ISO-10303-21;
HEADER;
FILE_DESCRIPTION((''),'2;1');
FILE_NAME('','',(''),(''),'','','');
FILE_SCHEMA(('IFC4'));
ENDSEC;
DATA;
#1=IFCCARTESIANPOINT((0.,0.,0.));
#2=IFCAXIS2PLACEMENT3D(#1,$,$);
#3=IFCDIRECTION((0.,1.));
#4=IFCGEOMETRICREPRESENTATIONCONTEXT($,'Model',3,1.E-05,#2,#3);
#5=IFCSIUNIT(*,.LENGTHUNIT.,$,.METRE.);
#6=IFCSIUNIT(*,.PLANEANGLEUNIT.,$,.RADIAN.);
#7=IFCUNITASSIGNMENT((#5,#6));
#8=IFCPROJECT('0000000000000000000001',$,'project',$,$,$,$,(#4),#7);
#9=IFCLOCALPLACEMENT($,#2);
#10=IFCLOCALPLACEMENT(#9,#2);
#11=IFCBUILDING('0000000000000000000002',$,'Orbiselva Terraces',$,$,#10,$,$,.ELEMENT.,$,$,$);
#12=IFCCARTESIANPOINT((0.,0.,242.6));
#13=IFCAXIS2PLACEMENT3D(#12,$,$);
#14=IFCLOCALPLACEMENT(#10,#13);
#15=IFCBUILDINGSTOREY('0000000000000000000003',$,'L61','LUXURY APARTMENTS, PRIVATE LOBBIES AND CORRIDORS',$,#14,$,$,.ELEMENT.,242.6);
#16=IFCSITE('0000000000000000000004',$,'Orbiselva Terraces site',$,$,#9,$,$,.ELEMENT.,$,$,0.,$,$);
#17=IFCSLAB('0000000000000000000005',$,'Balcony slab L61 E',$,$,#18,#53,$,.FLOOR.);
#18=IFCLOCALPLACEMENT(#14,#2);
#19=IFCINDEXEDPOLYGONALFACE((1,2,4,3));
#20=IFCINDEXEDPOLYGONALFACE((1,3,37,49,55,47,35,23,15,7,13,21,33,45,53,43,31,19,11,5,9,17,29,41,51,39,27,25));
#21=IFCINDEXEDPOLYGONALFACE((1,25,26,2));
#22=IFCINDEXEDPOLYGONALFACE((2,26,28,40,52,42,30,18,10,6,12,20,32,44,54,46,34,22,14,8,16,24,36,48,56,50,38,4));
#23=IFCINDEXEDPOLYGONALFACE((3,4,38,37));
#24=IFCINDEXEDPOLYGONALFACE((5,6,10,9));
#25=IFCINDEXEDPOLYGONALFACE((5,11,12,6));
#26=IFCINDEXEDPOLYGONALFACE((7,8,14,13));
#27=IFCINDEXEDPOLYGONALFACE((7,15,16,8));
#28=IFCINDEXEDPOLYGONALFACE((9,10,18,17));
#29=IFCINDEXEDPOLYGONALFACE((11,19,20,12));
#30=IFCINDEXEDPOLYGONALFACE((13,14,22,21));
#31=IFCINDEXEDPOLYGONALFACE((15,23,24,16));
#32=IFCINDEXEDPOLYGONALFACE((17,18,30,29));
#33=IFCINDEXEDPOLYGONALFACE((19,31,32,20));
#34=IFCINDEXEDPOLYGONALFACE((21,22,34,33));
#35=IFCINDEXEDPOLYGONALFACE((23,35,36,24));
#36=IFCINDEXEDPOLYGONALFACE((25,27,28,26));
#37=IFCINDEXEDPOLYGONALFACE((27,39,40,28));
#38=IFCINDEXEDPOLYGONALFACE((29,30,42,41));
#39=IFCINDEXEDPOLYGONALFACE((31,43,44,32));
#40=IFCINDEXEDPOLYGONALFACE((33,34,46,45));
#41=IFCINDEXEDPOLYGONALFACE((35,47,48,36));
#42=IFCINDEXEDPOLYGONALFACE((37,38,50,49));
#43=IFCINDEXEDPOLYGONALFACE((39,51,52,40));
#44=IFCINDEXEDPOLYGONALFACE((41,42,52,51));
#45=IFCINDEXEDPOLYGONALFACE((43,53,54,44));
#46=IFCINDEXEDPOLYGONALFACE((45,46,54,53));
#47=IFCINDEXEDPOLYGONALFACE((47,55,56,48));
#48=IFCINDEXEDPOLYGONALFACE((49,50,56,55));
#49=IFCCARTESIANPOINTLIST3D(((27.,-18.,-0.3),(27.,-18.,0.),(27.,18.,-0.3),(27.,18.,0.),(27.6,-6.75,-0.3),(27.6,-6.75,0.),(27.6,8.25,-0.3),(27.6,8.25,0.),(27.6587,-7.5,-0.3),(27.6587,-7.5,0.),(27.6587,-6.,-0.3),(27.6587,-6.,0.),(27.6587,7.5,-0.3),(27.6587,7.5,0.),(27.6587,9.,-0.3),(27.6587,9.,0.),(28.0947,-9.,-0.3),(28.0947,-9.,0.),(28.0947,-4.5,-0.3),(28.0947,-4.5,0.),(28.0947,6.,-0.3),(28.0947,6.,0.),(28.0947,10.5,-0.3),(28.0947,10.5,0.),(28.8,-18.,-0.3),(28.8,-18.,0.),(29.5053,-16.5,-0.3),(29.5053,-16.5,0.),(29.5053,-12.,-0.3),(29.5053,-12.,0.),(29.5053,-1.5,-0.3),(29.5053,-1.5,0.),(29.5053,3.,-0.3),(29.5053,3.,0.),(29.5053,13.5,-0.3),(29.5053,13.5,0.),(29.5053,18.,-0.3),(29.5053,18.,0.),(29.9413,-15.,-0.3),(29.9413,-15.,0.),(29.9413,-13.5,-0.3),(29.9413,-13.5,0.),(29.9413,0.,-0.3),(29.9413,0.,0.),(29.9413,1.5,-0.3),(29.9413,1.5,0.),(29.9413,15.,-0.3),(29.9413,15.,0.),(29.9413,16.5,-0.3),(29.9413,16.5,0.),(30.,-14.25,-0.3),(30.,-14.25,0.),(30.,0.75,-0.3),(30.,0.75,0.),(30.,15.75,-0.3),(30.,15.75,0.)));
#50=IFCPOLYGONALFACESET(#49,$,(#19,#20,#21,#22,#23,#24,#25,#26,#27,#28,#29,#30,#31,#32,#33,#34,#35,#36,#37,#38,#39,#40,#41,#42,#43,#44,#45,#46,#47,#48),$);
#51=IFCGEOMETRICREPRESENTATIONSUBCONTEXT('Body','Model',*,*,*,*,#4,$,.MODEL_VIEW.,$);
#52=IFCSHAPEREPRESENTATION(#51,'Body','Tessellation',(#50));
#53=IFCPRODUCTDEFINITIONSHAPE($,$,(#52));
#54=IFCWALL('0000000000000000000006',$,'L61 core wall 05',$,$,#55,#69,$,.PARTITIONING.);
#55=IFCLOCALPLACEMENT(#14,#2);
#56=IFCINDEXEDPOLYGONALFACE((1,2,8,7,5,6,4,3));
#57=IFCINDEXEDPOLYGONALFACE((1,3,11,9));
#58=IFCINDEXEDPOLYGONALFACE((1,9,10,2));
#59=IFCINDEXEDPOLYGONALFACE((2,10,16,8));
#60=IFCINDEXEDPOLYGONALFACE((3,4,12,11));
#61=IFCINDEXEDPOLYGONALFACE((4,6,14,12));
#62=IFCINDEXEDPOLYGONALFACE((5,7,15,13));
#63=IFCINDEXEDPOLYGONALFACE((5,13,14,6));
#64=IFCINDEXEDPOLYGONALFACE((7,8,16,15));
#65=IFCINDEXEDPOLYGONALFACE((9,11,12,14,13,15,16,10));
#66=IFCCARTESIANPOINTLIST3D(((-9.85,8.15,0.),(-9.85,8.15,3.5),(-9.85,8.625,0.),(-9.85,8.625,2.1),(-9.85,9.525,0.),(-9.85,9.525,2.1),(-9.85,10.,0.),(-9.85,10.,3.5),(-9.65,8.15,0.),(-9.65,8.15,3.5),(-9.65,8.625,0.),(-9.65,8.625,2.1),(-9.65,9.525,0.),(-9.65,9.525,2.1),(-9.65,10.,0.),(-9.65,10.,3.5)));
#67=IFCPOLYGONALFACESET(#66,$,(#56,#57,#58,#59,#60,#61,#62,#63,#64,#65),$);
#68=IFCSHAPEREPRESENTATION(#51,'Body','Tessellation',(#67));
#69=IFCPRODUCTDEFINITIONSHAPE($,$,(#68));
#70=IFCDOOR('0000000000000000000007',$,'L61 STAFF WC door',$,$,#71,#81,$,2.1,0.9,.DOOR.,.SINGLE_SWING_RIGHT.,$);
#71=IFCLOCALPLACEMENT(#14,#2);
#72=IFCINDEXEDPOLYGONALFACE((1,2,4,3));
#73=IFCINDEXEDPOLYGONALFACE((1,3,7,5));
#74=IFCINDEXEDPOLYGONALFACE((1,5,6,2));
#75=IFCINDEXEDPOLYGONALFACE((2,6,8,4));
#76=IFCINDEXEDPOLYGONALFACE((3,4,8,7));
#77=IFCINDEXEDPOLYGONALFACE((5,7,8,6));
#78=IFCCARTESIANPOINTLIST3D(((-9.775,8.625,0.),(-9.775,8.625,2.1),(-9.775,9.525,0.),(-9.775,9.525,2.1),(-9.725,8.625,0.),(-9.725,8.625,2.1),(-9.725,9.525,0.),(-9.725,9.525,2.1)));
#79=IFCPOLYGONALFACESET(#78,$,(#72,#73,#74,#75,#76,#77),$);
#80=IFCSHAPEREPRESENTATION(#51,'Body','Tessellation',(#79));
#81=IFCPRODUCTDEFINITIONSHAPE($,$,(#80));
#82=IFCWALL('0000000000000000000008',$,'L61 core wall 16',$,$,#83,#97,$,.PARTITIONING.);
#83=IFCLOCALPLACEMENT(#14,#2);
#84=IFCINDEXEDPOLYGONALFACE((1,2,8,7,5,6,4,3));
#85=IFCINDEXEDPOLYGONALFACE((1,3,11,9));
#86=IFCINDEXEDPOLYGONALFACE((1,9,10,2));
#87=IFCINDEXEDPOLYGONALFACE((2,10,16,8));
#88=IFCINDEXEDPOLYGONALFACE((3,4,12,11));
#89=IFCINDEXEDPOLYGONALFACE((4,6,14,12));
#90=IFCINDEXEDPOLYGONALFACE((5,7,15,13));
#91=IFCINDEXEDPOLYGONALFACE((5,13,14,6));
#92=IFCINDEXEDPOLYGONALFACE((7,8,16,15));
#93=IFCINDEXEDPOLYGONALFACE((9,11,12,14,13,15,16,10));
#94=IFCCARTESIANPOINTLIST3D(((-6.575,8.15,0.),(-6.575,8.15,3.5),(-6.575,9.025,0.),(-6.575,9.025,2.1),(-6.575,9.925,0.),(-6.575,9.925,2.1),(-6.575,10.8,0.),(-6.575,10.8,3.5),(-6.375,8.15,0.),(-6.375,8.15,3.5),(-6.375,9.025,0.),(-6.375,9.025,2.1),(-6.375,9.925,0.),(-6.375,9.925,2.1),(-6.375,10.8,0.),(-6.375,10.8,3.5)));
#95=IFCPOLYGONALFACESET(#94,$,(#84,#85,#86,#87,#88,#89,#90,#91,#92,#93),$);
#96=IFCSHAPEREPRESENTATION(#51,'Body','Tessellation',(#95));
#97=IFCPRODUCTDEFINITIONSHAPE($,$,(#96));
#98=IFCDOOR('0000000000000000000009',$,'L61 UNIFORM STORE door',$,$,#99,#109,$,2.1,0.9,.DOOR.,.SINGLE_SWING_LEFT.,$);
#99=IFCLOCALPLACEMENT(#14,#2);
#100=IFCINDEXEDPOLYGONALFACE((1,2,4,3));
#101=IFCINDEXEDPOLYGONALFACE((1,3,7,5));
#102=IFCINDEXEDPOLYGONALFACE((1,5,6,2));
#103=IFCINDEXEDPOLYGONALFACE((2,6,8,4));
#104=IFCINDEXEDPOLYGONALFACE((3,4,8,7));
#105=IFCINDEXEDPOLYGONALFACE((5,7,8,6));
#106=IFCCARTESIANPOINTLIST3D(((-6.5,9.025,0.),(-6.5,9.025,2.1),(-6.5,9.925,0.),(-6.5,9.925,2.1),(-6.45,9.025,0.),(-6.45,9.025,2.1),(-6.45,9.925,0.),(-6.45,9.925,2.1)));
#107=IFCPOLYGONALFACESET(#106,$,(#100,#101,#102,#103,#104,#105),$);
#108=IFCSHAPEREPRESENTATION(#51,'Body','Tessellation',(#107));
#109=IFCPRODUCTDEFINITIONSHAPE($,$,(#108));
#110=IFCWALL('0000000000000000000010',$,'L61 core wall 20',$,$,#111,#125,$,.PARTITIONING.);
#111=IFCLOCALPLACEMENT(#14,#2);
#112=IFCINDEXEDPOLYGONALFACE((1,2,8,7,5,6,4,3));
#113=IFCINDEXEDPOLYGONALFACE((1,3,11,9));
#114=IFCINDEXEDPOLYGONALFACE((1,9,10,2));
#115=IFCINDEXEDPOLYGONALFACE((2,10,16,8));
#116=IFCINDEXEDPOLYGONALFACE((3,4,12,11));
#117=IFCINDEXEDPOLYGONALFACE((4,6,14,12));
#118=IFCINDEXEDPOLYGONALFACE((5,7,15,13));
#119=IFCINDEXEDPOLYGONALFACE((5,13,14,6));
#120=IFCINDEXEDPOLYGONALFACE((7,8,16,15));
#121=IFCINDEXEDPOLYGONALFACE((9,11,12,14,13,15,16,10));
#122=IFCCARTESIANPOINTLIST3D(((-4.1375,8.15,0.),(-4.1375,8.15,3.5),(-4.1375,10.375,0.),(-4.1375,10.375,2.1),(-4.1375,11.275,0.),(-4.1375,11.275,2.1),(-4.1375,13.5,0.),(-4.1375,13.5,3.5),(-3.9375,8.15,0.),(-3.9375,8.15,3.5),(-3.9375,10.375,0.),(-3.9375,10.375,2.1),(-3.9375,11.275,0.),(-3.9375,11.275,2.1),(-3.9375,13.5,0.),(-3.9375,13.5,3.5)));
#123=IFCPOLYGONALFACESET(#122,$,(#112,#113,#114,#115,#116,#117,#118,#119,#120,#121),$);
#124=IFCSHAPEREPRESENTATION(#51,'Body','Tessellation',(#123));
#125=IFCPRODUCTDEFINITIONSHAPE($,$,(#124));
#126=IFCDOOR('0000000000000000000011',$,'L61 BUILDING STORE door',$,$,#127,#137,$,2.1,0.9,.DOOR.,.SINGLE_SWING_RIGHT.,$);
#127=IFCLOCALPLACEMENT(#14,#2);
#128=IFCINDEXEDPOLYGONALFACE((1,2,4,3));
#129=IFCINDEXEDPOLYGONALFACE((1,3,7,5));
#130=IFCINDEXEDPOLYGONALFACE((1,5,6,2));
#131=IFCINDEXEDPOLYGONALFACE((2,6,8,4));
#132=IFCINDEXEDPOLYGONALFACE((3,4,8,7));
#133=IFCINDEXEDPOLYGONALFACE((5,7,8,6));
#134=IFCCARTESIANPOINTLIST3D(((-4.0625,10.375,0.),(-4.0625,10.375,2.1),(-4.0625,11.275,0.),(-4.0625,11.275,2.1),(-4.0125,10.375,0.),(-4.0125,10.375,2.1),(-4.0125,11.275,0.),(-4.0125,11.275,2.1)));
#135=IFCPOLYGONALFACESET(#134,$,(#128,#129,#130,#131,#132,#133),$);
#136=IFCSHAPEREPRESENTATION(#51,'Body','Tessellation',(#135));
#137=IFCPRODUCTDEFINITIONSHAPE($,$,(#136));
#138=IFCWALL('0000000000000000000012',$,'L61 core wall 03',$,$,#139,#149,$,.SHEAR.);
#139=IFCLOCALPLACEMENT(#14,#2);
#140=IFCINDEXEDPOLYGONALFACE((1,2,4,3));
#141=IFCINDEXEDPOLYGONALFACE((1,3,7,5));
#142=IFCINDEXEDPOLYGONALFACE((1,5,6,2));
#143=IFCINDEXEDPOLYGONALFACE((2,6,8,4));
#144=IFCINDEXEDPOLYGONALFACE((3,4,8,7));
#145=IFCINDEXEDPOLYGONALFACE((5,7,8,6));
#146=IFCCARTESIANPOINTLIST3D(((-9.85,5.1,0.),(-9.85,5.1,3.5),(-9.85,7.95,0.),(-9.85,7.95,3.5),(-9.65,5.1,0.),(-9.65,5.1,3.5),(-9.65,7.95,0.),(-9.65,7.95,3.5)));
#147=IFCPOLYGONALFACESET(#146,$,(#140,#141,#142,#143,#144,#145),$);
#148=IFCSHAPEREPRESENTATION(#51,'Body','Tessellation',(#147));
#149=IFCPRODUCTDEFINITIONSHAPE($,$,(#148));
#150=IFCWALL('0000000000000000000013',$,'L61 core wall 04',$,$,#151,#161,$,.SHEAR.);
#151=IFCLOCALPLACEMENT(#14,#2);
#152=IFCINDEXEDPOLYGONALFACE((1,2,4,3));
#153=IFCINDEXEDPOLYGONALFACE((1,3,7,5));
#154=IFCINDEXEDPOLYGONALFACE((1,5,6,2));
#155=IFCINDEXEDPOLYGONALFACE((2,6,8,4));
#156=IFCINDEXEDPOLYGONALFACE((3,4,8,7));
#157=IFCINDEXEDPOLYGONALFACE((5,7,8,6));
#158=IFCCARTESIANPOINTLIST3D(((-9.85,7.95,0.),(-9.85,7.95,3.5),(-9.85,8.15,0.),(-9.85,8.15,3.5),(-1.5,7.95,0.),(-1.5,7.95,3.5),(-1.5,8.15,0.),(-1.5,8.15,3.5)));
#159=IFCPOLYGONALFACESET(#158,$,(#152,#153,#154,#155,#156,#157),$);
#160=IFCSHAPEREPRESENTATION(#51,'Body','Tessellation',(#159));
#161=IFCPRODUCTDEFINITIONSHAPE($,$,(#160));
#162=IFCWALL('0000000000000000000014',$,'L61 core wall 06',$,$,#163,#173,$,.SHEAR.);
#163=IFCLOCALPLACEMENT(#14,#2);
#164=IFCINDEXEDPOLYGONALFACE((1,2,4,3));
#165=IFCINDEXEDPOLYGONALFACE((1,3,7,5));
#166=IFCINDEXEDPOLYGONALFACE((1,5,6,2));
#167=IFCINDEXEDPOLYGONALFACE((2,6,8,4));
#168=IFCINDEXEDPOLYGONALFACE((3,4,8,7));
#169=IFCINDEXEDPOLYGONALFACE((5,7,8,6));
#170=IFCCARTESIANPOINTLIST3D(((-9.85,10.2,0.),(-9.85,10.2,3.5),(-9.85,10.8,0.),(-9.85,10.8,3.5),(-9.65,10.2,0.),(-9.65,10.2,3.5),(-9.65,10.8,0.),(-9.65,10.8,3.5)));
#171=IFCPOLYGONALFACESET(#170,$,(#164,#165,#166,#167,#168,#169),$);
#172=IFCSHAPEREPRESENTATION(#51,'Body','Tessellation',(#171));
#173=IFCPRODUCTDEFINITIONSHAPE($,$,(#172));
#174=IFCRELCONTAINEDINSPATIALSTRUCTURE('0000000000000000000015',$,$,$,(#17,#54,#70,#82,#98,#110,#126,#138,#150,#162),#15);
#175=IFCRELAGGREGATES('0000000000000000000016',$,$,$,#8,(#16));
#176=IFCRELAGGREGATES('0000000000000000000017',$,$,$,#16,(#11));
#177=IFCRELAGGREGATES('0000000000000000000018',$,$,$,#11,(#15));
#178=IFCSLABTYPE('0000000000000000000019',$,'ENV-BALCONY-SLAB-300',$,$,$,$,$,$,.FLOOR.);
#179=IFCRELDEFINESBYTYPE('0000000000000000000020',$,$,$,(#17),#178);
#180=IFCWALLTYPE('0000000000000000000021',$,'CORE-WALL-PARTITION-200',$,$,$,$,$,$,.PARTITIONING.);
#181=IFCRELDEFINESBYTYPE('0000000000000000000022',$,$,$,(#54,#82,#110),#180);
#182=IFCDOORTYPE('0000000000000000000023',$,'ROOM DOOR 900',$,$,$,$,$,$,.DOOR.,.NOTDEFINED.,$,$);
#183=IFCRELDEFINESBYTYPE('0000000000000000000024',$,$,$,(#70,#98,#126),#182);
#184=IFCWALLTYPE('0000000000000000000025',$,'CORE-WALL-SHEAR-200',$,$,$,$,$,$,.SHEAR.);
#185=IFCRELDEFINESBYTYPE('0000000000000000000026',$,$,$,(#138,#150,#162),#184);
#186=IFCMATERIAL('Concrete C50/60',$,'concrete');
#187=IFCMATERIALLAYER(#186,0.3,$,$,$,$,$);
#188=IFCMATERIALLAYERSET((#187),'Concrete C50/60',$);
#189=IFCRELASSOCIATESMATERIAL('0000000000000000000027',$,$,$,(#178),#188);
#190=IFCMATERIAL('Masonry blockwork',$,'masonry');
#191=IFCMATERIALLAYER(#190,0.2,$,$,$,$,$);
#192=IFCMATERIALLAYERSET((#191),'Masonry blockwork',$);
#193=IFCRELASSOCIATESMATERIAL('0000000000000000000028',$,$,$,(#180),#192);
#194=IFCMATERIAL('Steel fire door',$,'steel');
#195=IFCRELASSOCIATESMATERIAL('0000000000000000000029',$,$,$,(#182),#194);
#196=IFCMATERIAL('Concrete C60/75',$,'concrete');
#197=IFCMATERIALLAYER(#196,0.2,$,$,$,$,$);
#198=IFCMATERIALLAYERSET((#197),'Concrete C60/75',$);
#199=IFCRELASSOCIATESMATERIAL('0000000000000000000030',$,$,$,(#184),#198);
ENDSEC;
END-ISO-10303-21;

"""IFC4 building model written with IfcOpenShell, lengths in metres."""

from ifc_helpers import new_model, si_unit, direction, frame, frame_2d, origin, place, context, subcontext, project, spatial, polyline, rectangle, outline, extrude, material, layer, layer_set, type_object, element, fill, save


model = new_model("IFC4")

# Units and contexts
model_context = context("Model", 3, precision=1e-05, world=origin(), true_north=direction((0.0, 1.0)))
body_context = subcontext(model_context, "Body", "Model", "MODEL_VIEW")
ifc_project = project(units=[si_unit("LENGTHUNIT", "METRE"), si_unit("PLANEANGLEUNIT", "RADIAN")], contexts=[model_context])

# Site, building, storey
site_placement = place(None, origin())
site = spatial("IfcSite", under=ifc_project, at=site_placement, Name="Orbiselva Terraces site", CompositionType="ELEMENT", RefElevation=0.0)
building_placement = place(site_placement, origin())
building = spatial("IfcBuilding", under=site, at=building_placement, Name="Orbiselva Terraces", CompositionType="ELEMENT")
storey_placement = place(building_placement, frame((0.0, 0.0, 242.6)))
storey = spatial("IfcBuildingStorey", under=building, at=storey_placement, Name="L61", Description="LUXURY APARTMENTS, PRIVATE LOBBIES AND CORRIDORS", CompositionType="ELEMENT", Elevation=242.6)

# Slab
ifc_material_1 = material(Name="Concrete C50/60", Category="concrete")
ifc_layer_1 = layer(ifc_material_1, 0.3)
ifc_layer_set_1 = layer_set([ifc_layer_1], Name="Concrete C50/60")
slab_type = type_object("IfcSlabType", Name="ENV-BALCONY-SLAB-300", PredefinedType="FLOOR", material=ifc_layer_set_1)
slab_placement = place(storey_placement, frame((0.0, 0.0, -0.3)))
element("IfcSlab", 1, at=slab_placement, inside=storey, type_object=slab_type, Name="Balcony slab L61 E", PredefinedType="FLOOR", context=body_context, shape_type="SweptSolid", body=[
    extrude(outline(polyline([(28.8, -18.0), (29.5053, -16.5), (29.9413, -15.0), (30.0, -14.25), (29.9413, -13.5), (29.5053, -12.0), (28.0947, -9.0), (27.6587, -7.5), (27.6, -6.75), (27.6587, -6.0), (28.0947, -4.5), (29.5053, -1.5), (29.9413, 0.0), (30.0, 0.75), (29.9413, 1.5), (29.5053, 3.0), (28.0947, 6.0), (27.6587, 7.5), (27.6, 8.25), (27.6587, 9.0), (28.0947, 10.5), (29.5053, 13.5), (29.9413, 15.0), (30.0, 15.75), (29.9413, 16.5), (29.5053, 18.0), (27.0, 18.0), (27.0, -18.0), (28.8, -18.0)])), origin(), (0.0, 0.0, 1.0), 0.3),
])

# Walls, openings, doors
ifc_material_2 = material(Name="Masonry blockwork", Category="masonry")
ifc_layer_2 = layer(ifc_material_2, 0.2)
ifc_layer_set_2 = layer_set([ifc_layer_2], Name="Masonry blockwork")
wall_type_1 = type_object("IfcWallType", Name="CORE-WALL-PARTITION-200", PredefinedType="PARTITIONING", material=ifc_layer_set_2)
wall_1_placement = place(storey_placement, frame((-9.75, 8.15, 0.0), z_axis=(0.0, 0.0, 1.0), x_axis=(0.0, 1.0, 0.0)))
wall_1 = element("IfcWall", 2, at=wall_1_placement, inside=storey, type_object=wall_type_1, Name="L61 core wall 05", PredefinedType="PARTITIONING", context=body_context, shape_type="SweptSolid", body=[
    extrude(rectangle(XDim=1.85, YDim=0.2, at=frame_2d((0.925, 0.0))), origin(), (0.0, 0.0, 1.0), 3.5),
])
opening_1_placement = place(wall_1_placement, frame((0.475, 0.0, 0.0)))
opening_1 = element("IfcOpeningElement", 3, at=opening_1_placement, cuts=wall_1, PredefinedType="OPENING", context=body_context, shape_type="SweptSolid", body=[
    extrude(rectangle(XDim=0.9, YDim=2.1, at=frame_2d((0.45, 1.05))), frame((0.0, 0.11, 0.0), z_axis=(0.0, -1.0, 0.0), x_axis=(1.0, 0.0, 0.0)), (0.0, 0.0, 1.0), 0.22),
])
ifc_material_3 = material(Name="Steel fire door", Category="steel")
door_type = type_object("IfcDoorType", Name="ROOM DOOR 900", OperationType="NOTDEFINED", PredefinedType="DOOR", material=ifc_material_3)
door_1_placement = place(opening_1_placement, origin())
door_1 = element("IfcDoor", 4, at=door_1_placement, inside=storey, type_object=door_type, Name="L61 STAFF WC door", OperationType="SINGLE_SWING_RIGHT", OverallHeight=2.1, OverallWidth=0.9, PredefinedType="DOOR", context=body_context, shape_type="SweptSolid", body=[
    extrude(rectangle(XDim=0.9, YDim=2.1, at=frame_2d((0.45, 1.05))), frame((0.0, 0.025, 0.0), z_axis=(0.0, -1.0, 0.0), x_axis=(1.0, 0.0, 0.0)), (0.0, 0.0, 1.0), 0.05),
])
fill(opening_1, door_1)
wall_2_placement = place(storey_placement, frame((-6.475, 8.15, 0.0), z_axis=(0.0, 0.0, 1.0), x_axis=(0.0, 1.0, 0.0)))
wall_2 = element("IfcWall", 5, at=wall_2_placement, inside=storey, type_object=wall_type_1, Name="L61 core wall 16", PredefinedType="PARTITIONING", context=body_context, shape_type="SweptSolid", body=[
    extrude(rectangle(XDim=2.65, YDim=0.2, at=frame_2d((1.325, 0.0))), origin(), (0.0, 0.0, 1.0), 3.5),
])
opening_2_placement = place(wall_2_placement, frame((0.875, 0.0, 0.0)))
opening_2 = element("IfcOpeningElement", 6, at=opening_2_placement, cuts=wall_2, PredefinedType="OPENING", context=body_context, shape_type="SweptSolid", body=[
    extrude(rectangle(XDim=0.9, YDim=2.1, at=frame_2d((0.45, 1.05))), frame((0.0, 0.11, 0.0), z_axis=(0.0, -1.0, 0.0), x_axis=(1.0, 0.0, 0.0)), (0.0, 0.0, 1.0), 0.22),
])
door_2_placement = place(opening_2_placement, origin())
door_2 = element("IfcDoor", 7, at=door_2_placement, inside=storey, type_object=door_type, Name="L61 UNIFORM STORE door", OperationType="SINGLE_SWING_LEFT", OverallHeight=2.1, OverallWidth=0.9, PredefinedType="DOOR", context=body_context, shape_type="SweptSolid", body=[
    extrude(rectangle(XDim=0.9, YDim=2.1, at=frame_2d((0.45, 1.05))), frame((0.0, 0.025, 0.0), z_axis=(0.0, -1.0, 0.0), x_axis=(1.0, 0.0, 0.0)), (0.0, 0.0, 1.0), 0.05),
])
fill(opening_2, door_2)
wall_3_placement = place(storey_placement, frame((-4.0375, 8.15, 0.0), z_axis=(0.0, 0.0, 1.0), x_axis=(0.0, 1.0, 0.0)))
wall_3 = element("IfcWall", 8, at=wall_3_placement, inside=storey, type_object=wall_type_1, Name="L61 core wall 20", PredefinedType="PARTITIONING", context=body_context, shape_type="SweptSolid", body=[
    extrude(rectangle(XDim=5.35, YDim=0.2, at=frame_2d((2.675, 0.0))), origin(), (0.0, 0.0, 1.0), 3.5),
])
opening_3_placement = place(wall_3_placement, frame((2.225, 0.0, 0.0)))
opening_3 = element("IfcOpeningElement", 9, at=opening_3_placement, cuts=wall_3, PredefinedType="OPENING", context=body_context, shape_type="SweptSolid", body=[
    extrude(rectangle(XDim=0.9, YDim=2.1, at=frame_2d((0.45, 1.05))), frame((0.0, 0.11, 0.0), z_axis=(0.0, -1.0, 0.0), x_axis=(1.0, 0.0, 0.0)), (0.0, 0.0, 1.0), 0.22),
])
door_3_placement = place(opening_3_placement, origin())
door_3 = element("IfcDoor", 10, at=door_3_placement, inside=storey, type_object=door_type, Name="L61 BUILDING STORE door", OperationType="SINGLE_SWING_RIGHT", OverallHeight=2.1, OverallWidth=0.9, PredefinedType="DOOR", context=body_context, shape_type="SweptSolid", body=[
    extrude(rectangle(XDim=0.9, YDim=2.1, at=frame_2d((0.45, 1.05))), frame((0.0, 0.025, 0.0), z_axis=(0.0, -1.0, 0.0), x_axis=(1.0, 0.0, 0.0)), (0.0, 0.0, 1.0), 0.05),
])
fill(opening_3, door_3)

# Walls
ifc_material_4 = material(Name="Concrete C60/75", Category="concrete")
ifc_layer_3 = layer(ifc_material_4, 0.2)
ifc_layer_set_3 = layer_set([ifc_layer_3], Name="Concrete C60/75")
wall_type_2 = type_object("IfcWallType", Name="CORE-WALL-SHEAR-200", PredefinedType="SHEAR", material=ifc_layer_set_3)
wall_4_placement = place(storey_placement, frame((-9.75, 5.1, 0.0), z_axis=(0.0, 0.0, 1.0), x_axis=(0.0, 1.0, 0.0)))
element("IfcWall", 11, at=wall_4_placement, inside=storey, type_object=wall_type_2, Name="L61 core wall 03", PredefinedType="SHEAR", context=body_context, shape_type="SweptSolid", body=[
    extrude(rectangle(XDim=2.85, YDim=0.2, at=frame_2d((1.425, 0.0))), origin(), (0.0, 0.0, 1.0), 3.5),
])
wall_5_placement = place(storey_placement, frame((-9.85, 8.05, 0.0), z_axis=(0.0, 0.0, 1.0), x_axis=(1.0, 0.0, 0.0)))
element("IfcWall", 12, at=wall_5_placement, inside=storey, type_object=wall_type_2, Name="L61 core wall 04", PredefinedType="SHEAR", context=body_context, shape_type="SweptSolid", body=[
    extrude(rectangle(XDim=8.35, YDim=0.2, at=frame_2d((4.175, 0.0))), origin(), (0.0, 0.0, 1.0), 3.5),
])
wall_6_placement = place(storey_placement, frame((-9.75, 10.2, 0.0), z_axis=(0.0, 0.0, 1.0), x_axis=(0.0, 1.0, 0.0)))
element("IfcWall", 13, at=wall_6_placement, inside=storey, type_object=wall_type_2, Name="L61 core wall 06", PredefinedType="SHEAR", context=body_context, shape_type="SweptSolid", body=[
    extrude(rectangle(XDim=0.6, YDim=0.2, at=frame_2d((0.3, 0.0))), origin(), (0.0, 0.0, 1.0), 3.5),
])

save(model, "model.ifc")
